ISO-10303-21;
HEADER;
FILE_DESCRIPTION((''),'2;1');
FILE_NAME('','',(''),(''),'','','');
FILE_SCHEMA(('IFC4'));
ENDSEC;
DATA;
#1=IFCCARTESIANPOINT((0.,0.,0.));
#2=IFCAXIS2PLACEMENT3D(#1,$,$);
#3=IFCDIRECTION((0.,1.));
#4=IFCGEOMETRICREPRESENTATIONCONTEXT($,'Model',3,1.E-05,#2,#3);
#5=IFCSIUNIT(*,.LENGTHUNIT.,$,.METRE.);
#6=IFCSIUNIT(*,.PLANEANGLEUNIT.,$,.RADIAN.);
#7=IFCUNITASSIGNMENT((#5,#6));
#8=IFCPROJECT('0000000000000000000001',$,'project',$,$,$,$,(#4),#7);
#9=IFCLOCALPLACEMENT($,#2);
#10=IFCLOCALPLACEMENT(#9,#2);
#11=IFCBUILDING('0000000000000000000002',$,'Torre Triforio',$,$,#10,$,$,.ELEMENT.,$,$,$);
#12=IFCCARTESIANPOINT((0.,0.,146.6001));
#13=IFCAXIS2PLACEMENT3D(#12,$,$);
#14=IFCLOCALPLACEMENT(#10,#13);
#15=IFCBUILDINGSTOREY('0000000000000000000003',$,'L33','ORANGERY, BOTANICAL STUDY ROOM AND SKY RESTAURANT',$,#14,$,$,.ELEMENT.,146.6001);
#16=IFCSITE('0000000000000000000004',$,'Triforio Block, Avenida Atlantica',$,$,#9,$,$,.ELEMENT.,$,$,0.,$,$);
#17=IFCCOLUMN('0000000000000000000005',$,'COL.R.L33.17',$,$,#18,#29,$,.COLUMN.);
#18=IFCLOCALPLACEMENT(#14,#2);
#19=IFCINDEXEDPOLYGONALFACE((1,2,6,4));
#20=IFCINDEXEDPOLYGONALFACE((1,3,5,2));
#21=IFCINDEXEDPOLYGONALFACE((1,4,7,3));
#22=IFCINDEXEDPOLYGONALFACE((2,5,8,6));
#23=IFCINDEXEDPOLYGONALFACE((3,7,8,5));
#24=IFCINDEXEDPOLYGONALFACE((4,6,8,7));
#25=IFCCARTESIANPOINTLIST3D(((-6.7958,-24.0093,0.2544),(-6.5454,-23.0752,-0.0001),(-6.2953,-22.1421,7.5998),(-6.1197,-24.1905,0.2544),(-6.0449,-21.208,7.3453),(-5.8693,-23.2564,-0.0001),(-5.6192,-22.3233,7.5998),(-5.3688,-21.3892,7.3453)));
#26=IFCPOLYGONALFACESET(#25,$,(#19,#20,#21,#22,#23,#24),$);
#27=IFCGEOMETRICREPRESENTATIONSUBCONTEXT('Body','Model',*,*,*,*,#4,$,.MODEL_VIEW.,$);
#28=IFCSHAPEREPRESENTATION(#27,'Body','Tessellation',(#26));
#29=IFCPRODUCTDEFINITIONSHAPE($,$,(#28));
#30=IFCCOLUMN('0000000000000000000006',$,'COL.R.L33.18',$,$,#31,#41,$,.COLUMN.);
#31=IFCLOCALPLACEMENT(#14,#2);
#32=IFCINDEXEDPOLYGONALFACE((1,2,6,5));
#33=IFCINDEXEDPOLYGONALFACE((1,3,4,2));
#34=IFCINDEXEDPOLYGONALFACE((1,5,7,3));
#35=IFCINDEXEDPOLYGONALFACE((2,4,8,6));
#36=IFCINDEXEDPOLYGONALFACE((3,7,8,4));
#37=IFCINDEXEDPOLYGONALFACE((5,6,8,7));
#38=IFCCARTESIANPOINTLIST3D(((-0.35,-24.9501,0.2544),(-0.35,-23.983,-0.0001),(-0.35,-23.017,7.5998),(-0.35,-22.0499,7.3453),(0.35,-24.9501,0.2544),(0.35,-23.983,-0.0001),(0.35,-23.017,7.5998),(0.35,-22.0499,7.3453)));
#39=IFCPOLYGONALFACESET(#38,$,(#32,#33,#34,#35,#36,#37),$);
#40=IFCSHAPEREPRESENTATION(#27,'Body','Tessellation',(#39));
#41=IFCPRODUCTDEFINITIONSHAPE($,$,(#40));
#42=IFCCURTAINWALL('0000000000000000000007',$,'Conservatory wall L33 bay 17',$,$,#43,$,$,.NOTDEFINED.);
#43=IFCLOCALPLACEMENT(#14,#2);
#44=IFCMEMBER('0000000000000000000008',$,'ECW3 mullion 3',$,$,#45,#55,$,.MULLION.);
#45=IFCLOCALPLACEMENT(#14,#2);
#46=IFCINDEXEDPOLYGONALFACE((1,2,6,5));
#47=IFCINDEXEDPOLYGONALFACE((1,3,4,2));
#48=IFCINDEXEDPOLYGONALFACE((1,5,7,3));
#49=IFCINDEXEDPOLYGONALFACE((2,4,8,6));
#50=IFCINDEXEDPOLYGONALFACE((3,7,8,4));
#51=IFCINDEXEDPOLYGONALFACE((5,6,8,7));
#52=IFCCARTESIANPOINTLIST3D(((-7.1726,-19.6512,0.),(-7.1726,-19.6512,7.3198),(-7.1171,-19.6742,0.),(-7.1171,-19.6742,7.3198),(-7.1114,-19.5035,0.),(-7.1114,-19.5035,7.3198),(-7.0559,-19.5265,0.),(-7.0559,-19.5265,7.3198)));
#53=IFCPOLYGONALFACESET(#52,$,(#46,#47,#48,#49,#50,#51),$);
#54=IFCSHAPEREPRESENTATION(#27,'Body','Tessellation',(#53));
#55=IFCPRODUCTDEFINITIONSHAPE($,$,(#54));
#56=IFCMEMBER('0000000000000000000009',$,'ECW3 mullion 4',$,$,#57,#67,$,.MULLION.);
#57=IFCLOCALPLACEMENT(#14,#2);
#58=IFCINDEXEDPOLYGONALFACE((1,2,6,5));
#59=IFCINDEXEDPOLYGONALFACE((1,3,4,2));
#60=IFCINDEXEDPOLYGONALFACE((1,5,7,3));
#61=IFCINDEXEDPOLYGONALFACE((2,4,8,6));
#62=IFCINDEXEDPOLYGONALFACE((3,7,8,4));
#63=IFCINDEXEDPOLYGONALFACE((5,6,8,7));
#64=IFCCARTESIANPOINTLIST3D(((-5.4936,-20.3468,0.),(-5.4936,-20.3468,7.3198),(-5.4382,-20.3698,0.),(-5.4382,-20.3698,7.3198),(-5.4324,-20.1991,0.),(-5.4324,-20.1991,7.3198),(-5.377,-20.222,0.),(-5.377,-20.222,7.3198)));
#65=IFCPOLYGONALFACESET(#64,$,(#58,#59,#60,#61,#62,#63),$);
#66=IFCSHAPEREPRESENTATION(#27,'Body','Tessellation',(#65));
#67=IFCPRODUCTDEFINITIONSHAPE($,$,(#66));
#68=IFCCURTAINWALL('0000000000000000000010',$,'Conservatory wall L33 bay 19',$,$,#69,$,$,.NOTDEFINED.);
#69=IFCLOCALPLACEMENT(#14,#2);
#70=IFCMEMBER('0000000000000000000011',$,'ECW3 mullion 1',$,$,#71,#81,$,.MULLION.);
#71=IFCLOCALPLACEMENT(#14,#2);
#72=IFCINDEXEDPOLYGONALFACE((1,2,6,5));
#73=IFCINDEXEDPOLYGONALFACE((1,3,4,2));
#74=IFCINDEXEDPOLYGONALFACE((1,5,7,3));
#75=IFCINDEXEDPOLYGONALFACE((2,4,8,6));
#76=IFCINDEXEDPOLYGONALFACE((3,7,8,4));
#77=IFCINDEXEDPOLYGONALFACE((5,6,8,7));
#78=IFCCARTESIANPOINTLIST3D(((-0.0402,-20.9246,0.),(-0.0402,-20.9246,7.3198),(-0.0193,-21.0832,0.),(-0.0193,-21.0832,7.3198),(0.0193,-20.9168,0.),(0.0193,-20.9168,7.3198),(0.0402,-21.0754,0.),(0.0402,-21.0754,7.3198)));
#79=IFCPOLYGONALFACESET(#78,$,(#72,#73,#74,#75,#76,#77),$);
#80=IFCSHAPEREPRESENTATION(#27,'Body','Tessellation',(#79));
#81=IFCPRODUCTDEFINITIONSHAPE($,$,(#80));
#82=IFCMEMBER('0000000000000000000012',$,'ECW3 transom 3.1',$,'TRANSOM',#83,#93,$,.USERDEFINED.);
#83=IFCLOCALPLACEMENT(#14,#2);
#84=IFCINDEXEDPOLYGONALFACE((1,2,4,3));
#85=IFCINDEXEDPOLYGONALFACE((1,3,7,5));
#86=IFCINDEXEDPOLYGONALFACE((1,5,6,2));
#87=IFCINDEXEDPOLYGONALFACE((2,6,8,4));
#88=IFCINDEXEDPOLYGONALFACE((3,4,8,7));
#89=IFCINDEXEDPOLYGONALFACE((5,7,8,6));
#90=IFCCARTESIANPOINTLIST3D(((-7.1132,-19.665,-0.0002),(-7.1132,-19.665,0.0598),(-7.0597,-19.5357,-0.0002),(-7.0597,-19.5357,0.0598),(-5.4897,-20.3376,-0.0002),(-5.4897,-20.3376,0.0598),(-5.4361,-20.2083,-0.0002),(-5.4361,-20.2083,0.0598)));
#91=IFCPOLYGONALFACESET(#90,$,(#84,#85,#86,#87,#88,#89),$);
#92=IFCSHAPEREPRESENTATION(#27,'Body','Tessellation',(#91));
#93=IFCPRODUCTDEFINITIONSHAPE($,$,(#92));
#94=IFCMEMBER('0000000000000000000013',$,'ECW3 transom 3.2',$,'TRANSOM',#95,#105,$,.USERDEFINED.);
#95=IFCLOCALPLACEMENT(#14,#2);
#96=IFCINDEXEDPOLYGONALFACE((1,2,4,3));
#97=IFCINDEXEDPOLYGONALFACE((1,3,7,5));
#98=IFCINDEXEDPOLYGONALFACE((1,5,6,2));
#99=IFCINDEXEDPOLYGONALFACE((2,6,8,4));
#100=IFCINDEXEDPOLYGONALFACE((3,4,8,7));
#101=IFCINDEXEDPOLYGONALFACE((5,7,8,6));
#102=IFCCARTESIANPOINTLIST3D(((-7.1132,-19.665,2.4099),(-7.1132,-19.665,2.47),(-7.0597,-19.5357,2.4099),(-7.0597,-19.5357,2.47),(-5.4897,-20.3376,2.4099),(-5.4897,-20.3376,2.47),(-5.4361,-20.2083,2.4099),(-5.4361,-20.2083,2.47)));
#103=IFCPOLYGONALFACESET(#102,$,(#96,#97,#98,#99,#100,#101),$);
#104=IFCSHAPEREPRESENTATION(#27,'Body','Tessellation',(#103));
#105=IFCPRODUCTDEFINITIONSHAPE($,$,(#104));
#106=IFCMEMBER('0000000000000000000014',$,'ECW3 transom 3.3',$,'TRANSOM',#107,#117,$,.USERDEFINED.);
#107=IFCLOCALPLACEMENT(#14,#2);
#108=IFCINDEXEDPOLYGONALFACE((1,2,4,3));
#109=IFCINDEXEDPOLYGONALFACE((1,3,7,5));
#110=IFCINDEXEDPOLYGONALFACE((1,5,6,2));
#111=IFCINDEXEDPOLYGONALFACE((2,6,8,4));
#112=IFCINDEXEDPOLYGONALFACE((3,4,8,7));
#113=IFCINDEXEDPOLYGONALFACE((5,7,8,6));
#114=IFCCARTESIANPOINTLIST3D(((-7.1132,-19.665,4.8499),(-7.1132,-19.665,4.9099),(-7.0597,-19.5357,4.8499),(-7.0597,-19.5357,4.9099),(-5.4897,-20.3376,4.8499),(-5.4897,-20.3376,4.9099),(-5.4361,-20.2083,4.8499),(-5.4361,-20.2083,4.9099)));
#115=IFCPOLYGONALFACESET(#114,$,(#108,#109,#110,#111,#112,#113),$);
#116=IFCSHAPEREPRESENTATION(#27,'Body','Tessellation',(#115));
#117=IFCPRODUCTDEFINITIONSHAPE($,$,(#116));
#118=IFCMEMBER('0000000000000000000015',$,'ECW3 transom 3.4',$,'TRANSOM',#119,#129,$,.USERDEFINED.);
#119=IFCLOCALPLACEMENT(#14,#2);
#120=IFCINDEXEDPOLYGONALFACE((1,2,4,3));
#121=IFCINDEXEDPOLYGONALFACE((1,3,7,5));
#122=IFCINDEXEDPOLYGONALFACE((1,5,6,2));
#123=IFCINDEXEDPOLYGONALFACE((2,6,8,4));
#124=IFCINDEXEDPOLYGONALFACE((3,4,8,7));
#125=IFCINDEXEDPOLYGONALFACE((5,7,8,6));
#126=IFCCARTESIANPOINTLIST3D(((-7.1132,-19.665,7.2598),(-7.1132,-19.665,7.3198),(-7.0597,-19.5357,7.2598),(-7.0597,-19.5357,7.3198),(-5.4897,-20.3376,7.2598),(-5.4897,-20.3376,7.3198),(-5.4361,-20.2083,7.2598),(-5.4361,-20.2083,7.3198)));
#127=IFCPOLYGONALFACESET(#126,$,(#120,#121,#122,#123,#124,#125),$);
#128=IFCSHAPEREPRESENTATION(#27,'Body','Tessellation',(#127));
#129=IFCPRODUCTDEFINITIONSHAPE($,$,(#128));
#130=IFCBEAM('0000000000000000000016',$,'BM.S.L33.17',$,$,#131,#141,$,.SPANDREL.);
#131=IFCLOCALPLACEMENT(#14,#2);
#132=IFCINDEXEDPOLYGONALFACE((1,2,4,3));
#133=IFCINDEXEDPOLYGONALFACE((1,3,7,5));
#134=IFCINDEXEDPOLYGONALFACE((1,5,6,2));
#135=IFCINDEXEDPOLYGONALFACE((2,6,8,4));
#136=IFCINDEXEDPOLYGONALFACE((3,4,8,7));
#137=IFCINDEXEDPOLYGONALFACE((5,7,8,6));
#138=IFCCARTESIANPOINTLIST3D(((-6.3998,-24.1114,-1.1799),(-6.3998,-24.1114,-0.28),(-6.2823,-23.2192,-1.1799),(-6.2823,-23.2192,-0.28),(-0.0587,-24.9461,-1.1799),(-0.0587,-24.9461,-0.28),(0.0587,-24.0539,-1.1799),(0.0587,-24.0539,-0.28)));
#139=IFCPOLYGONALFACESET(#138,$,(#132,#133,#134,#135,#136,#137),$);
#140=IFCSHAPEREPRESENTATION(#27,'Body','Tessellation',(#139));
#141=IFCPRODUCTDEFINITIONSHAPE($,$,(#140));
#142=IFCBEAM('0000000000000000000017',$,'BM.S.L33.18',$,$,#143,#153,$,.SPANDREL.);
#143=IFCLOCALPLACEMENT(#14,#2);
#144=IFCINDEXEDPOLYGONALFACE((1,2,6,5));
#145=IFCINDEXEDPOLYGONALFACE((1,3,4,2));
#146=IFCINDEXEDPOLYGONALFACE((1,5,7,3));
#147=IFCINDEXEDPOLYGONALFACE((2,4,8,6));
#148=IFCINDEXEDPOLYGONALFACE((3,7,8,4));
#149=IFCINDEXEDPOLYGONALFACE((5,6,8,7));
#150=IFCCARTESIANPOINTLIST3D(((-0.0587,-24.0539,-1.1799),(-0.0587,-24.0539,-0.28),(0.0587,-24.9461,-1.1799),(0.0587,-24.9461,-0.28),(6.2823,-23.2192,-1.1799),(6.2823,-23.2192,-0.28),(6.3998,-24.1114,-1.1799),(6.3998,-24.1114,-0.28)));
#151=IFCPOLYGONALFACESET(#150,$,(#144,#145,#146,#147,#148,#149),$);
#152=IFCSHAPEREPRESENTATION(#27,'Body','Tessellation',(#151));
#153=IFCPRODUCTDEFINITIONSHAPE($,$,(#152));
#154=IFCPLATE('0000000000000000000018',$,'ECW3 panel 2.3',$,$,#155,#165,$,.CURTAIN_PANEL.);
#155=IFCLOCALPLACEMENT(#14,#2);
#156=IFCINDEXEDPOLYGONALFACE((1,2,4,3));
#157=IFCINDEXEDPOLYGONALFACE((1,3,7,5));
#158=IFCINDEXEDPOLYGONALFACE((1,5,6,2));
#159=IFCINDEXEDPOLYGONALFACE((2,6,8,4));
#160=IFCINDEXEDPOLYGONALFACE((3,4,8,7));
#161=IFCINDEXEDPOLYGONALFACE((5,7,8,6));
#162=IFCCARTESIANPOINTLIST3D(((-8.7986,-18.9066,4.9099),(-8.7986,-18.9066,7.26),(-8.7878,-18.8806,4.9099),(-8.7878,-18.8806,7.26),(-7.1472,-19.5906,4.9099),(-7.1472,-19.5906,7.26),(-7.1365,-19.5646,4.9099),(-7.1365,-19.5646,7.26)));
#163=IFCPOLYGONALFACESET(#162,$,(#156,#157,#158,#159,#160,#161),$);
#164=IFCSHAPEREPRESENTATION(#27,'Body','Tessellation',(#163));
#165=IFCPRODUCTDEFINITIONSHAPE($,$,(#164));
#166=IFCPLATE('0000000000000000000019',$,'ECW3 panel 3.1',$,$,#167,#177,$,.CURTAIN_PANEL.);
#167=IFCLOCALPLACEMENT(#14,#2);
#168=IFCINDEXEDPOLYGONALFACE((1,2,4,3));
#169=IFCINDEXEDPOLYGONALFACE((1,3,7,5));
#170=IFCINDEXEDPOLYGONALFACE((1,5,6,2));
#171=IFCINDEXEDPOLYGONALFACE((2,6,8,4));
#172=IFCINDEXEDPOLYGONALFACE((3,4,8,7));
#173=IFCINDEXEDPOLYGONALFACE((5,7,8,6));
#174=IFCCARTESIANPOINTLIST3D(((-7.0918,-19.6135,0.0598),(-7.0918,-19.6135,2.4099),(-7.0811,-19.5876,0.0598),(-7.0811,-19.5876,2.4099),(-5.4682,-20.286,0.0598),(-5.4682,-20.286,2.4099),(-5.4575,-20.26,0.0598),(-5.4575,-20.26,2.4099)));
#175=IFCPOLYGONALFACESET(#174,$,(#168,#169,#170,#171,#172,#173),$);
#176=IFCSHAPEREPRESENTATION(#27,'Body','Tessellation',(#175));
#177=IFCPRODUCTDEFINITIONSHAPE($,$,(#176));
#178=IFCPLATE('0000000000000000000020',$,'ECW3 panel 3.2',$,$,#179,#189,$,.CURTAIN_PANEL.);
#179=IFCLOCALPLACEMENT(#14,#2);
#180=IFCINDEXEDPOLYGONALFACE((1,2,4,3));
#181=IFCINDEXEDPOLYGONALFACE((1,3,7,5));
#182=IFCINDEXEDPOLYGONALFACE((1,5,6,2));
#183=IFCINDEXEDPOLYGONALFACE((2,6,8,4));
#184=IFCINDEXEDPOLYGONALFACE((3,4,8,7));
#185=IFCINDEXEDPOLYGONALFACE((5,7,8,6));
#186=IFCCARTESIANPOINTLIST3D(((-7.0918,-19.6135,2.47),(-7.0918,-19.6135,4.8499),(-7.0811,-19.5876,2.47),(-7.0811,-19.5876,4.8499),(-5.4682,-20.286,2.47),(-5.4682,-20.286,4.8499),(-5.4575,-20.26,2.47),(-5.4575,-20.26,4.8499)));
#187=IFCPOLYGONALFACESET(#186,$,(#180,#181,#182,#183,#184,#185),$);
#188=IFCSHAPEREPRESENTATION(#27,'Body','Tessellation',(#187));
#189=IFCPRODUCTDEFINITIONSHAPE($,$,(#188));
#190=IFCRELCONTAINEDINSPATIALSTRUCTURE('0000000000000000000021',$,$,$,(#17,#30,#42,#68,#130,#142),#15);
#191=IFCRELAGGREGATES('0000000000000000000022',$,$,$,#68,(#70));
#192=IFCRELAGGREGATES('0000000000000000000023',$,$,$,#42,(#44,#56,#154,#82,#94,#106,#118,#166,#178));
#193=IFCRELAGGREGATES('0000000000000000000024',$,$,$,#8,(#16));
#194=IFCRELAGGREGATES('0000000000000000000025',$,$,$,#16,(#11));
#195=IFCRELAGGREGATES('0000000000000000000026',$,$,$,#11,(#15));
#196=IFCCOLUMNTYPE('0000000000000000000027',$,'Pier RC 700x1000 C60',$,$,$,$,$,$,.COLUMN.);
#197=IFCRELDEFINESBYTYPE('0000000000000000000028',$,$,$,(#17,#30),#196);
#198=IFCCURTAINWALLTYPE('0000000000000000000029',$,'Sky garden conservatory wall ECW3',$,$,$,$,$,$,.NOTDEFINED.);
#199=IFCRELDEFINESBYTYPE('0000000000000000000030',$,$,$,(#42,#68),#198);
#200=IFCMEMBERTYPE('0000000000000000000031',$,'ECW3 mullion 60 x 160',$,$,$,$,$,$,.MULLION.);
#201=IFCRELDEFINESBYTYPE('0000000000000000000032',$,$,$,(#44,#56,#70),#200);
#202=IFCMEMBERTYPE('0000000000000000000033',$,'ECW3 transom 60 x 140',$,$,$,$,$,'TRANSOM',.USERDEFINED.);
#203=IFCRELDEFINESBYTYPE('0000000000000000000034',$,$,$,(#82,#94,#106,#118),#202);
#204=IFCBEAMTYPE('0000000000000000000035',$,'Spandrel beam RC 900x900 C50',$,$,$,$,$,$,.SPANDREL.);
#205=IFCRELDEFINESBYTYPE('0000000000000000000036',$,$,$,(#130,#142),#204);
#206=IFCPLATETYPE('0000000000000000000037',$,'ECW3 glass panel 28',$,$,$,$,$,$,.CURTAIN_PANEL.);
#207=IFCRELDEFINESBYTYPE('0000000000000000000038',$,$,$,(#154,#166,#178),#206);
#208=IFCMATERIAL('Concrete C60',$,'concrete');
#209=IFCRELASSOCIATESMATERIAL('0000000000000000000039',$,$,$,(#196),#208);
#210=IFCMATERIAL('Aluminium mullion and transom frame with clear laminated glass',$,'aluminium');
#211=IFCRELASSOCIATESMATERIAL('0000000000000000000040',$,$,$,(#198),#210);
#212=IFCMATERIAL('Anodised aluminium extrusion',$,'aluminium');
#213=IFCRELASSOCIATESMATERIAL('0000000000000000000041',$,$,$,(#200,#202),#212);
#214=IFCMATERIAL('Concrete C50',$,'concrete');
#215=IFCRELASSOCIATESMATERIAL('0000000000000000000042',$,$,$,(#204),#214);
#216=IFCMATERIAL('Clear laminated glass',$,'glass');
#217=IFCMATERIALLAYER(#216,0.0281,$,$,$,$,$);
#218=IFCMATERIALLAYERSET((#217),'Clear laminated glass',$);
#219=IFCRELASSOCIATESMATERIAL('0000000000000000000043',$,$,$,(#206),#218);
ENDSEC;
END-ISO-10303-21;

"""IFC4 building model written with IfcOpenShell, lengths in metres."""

from ifc_helpers import new_model, si_unit, direction, frame, origin, origin_2d, place, context, subcontext, project, spatial, rectangle, extrude, material, layer, layer_set, material_profile, profile_set, type_object, element, aggregate, save


model = new_model("IFC4")

# Units and contexts
model_context = context("Model", 3, precision=1e-05, world=origin(), true_north=direction((0.0, 1.0)))
body_context = subcontext(model_context, "Body", "Model", "MODEL_VIEW")
ifc_project = project(units=[si_unit("LENGTHUNIT", "METRE"), si_unit("PLANEANGLEUNIT", "RADIAN")], contexts=[model_context])

# Site, building, storey
site_placement = place(None, origin())
site = spatial("IfcSite", under=ifc_project, at=site_placement, Name="Triforio Block, Avenida Atlantica", CompositionType="ELEMENT", RefElevation=0.0)
building_placement = place(site_placement, origin())
building = spatial("IfcBuilding", under=site, at=building_placement, Name="Torre Triforio", CompositionType="ELEMENT")
storey_placement = place(building_placement, frame((0.0, 0.0, 146.6001)))
storey = spatial("IfcBuildingStorey", under=building, at=storey_placement, Name="L33", Description="ORANGERY, BOTANICAL STUDY ROOM AND SKY RESTAURANT", CompositionType="ELEMENT", Elevation=146.6001)

# Columns
ifc_material_1 = material(Name="Concrete C60", Category="concrete")
ifc_material_profile_1 = material_profile(ifc_material_1, rectangle(XDim=0.7, YDim=1.0, at=origin_2d()), Name="RC 700x1000")
ifc_profile_set_1 = profile_set([ifc_material_profile_1], Name="Concrete C60")
column_type = type_object("IfcColumnType", Name="Pier RC 700x1000 C60", PredefinedType="COLUMN", material=ifc_profile_set_1)
for number, where, z_axis, x_axis, name in (
    (1, (-6.3325, -23.6328, 0.1272), (0.065892, 0.245826, 0.967072), (-0.965903, 0.258904, 0.0), "COL.R.L33.17"),
    (2, (0.0, -24.4666, 0.1272), (0.0, 0.254504, 0.967072), (-1.0, 0.0, 0.0), "COL.R.L33.18"),
):
    element("IfcColumn", number, at=place(storey_placement, frame(where, z_axis=z_axis, x_axis=x_axis)), inside=storey, type_object=column_type, Name=name, PredefinedType="COLUMN", context=body_context, shape_type="SweptSolid", body=[
        extrude(rectangle(XDim=0.7, YDim=1.0, at=origin_2d()), origin(), (0.0, 0.0, 1.0), 7.5955),
    ])

# Curtain wall, members
ifc_material_2 = material(Name="Aluminium mullion and transom frame with clear laminated glass", Category="aluminium")
curtain_wall_type = type_object("IfcCurtainWallType", Name="Sky garden conservatory wall ECW3", PredefinedType="NOTDEFINED", material=ifc_material_2)
curtain_wall_1_placement = place(storey_placement, origin())
curtain_wall_1 = element("IfcCurtainWall", 3, at=curtain_wall_1_placement, inside=storey, type_object=curtain_wall_type, Name="Conservatory wall L33 bay 17", PredefinedType="NOTDEFINED")
ifc_material_3 = material(Name="Anodised aluminium extrusion", Category="aluminium")
ifc_material_profile_2 = material_profile(ifc_material_3, rectangle(XDim=0.1599, YDim=0.0601, at=origin_2d()), Name="ECW3 MULLION 60x160")
ifc_profile_set_2 = profile_set([ifc_material_profile_2], Name="Anodised aluminium extrusion")
member_type_1 = type_object("IfcMemberType", Name="ECW3 mullion 60 x 160", PredefinedType="MULLION", material=ifc_profile_set_2)
member_1_placement = place(storey_placement, frame((-7.1143, -19.5889, 0.0), z_axis=(0.0, 0.0, 1.0), x_axis=(0.382675, 0.923883, 0.0)))
member_1 = element("IfcMember", 4, at=member_1_placement, type_object=member_type_1, Name="ECW3 mullion 3", PredefinedType="MULLION", context=body_context, shape_type="SweptSolid", body=[
    extrude(rectangle(XDim=0.1599, YDim=0.0601, at=origin_2d()), origin(), (0.0, 0.0, 1.0), 7.3198),
])
member_2_placement = place(storey_placement, frame((-5.4353, -20.2844, 0.0), z_axis=(0.0, 0.0, 1.0), x_axis=(0.382675, 0.923883, 0.0)))
member_2 = element("IfcMember", 5, at=member_2_placement, type_object=member_type_1, Name="ECW3 mullion 4", PredefinedType="MULLION", context=body_context, shape_type="SweptSolid", body=[
    extrude(rectangle(XDim=0.1599, YDim=0.0601, at=origin_2d()), origin(), (0.0, 0.0, 1.0), 7.3198),
])

# Curtain wall, member
curtain_wall_2_placement = place(storey_placement, origin())
curtain_wall_2 = element("IfcCurtainWall", 6, at=curtain_wall_2_placement, inside=storey, type_object=curtain_wall_type, Name="Conservatory wall L33 bay 19", PredefinedType="NOTDEFINED")
member_3_placement = place(storey_placement, frame((0.0, -21.0, 0.0), z_axis=(0.0, 0.0, 1.0), x_axis=(-0.13053, 0.991444, 0.0)))
member_3 = element("IfcMember", 7, at=member_3_placement, type_object=member_type_1, Name="ECW3 mullion 1", PredefinedType="MULLION", context=body_context, shape_type="SweptSolid", body=[
    extrude(rectangle(XDim=0.1599, YDim=0.0601, at=origin_2d()), origin(), (0.0, 0.0, 1.0), 7.3198),
])
aggregate(curtain_wall_2, [member_3])

# Members
ifc_material_profile_3 = material_profile(ifc_material_3, rectangle(XDim=0.1399, YDim=0.0601, at=origin_2d()), Name="ECW3 TRANSOM 60x140")
ifc_profile_set_3 = profile_set([ifc_material_profile_3], Name="Anodised aluminium extrusion")
member_type_2 = type_object("IfcMemberType", Name="ECW3 transom 60 x 140", ElementType="TRANSOM", PredefinedType="USERDEFINED", material=ifc_profile_set_3)
member_4_placement = place(storey_placement, frame((-7.0864, -19.6003, 0.0298), z_axis=(0.923856, -0.38274, 0.0), x_axis=(0.38274, 0.923856, 0.0)))
member_4 = element("IfcMember", 8, at=member_4_placement, type_object=member_type_2, Name="ECW3 transom 3.1", ObjectType="TRANSOM", PredefinedType="USERDEFINED", context=body_context, shape_type="SweptSolid", body=[
    extrude(rectangle(XDim=0.1399, YDim=0.0601, at=origin_2d()), origin(), (0.0, 0.0, 1.0), 1.7573),
])
member_5_placement = place(storey_placement, frame((-7.0864, -19.6003, 2.4399), z_axis=(0.923856, -0.38274, 0.0), x_axis=(0.38274, 0.923856, 0.0)))
member_5 = element("IfcMember", 9, at=member_5_placement, type_object=member_type_2, Name="ECW3 transom 3.2", ObjectType="TRANSOM", PredefinedType="USERDEFINED", context=body_context, shape_type="SweptSolid", body=[
    extrude(rectangle(XDim=0.1399, YDim=0.0601, at=origin_2d()), origin(), (0.0, 0.0, 1.0), 1.7573),
])
member_6_placement = place(storey_placement, frame((-7.0864, -19.6003, 4.8799), z_axis=(0.923856, -0.38274, 0.0), x_axis=(0.38274, 0.923856, 0.0)))
member_6 = element("IfcMember", 10, at=member_6_placement, type_object=member_type_2, Name="ECW3 transom 3.3", ObjectType="TRANSOM", PredefinedType="USERDEFINED", context=body_context, shape_type="SweptSolid", body=[
    extrude(rectangle(XDim=0.1399, YDim=0.0601, at=origin_2d()), origin(), (0.0, 0.0, 1.0), 1.7573),
])
member_7_placement = place(storey_placement, frame((-7.0864, -19.6003, 7.2898), z_axis=(0.923856, -0.38274, 0.0), x_axis=(0.38274, 0.923856, 0.0)))
member_7 = element("IfcMember", 11, at=member_7_placement, type_object=member_type_2, Name="ECW3 transom 3.4", ObjectType="TRANSOM", PredefinedType="USERDEFINED", context=body_context, shape_type="SweptSolid", body=[
    extrude(rectangle(XDim=0.1399, YDim=0.0601, at=origin_2d()), origin(), (0.0, 0.0, 1.0), 1.7573),
])

# Beams
ifc_material_4 = material(Name="Concrete C50", Category="concrete")
ifc_material_profile_4 = material_profile(ifc_material_4, rectangle(XDim=0.8999, YDim=0.8999, at=origin_2d()), Name="RC 900x900")
ifc_profile_set_4 = profile_set([ifc_material_profile_4], Name="Concrete C50")
beam_type = type_object("IfcBeamType", Name="Spandrel beam RC 900x900 C50", PredefinedType="SPANDREL", material=ifc_profile_set_4)
for number, where, z_axis, x_axis, name in (
    (12, (-6.3411, -23.6653, -0.73), (0.991447, -0.130511, 0.0), (0.130511, 0.991447, 0.0), "BM.S.L33.17"),
    (13, (0.0, -24.5, -0.73), (0.991447, 0.130511, 0.0), (-0.130511, 0.991447, 0.0), "BM.S.L33.18"),
):
    element("IfcBeam", number, at=place(storey_placement, frame(where, z_axis=z_axis, x_axis=x_axis)), inside=storey, type_object=beam_type, Name=name, PredefinedType="SPANDREL", context=body_context, shape_type="SweptSolid", body=[
        extrude(rectangle(XDim=0.8999, YDim=0.8999, at=origin_2d()), origin(), (0.0, 0.0, 1.0), 6.3958),
    ])

# Plates
ifc_material_5 = material(Name="Clear laminated glass", Category="glass")
ifc_layer_1 = layer(ifc_material_5, 0.0281)
ifc_layer_set_1 = layer_set([ifc_layer_1], Name="Clear laminated glass")
plate_type = type_object("IfcPlateType", Name="ECW3 glass panel 28", PredefinedType="CURTAIN_PANEL", material=ifc_layer_set_1)
plate_1_placement = place(storey_placement, frame((-7.9675, -19.2356, 4.9099), z_axis=(0.0, 0.0, 1.0), x_axis=(0.923883, -0.382675, 0.0)))
plate_1 = element("IfcPlate", 14, at=plate_1_placement, type_object=plate_type, Name="ECW3 panel 2.3", PredefinedType="CURTAIN_PANEL", context=body_context, shape_type="SweptSolid", body=[
    extrude(rectangle(XDim=1.7874, YDim=0.0281, at=origin_2d()), origin(), (0.0, 0.0, 1.0), 2.3501),
])
plate_2_placement = place(storey_placement, frame((-6.2747, -19.9368, 0.0598), z_axis=(0.0, 0.0, 1.0), x_axis=(0.923883, -0.382675, 0.0)))
plate_2 = element("IfcPlate", 15, at=plate_2_placement, type_object=plate_type, Name="ECW3 panel 3.1", PredefinedType="CURTAIN_PANEL", context=body_context, shape_type="SweptSolid", body=[
    extrude(rectangle(XDim=1.7573, YDim=0.0281, at=origin_2d()), origin(), (0.0, 0.0, 1.0), 2.3501),
])
plate_3_placement = place(storey_placement, frame((-6.2747, -19.9368, 2.47), z_axis=(0.0, 0.0, 1.0), x_axis=(0.923883, -0.382675, 0.0)))
plate_3 = element("IfcPlate", 16, at=plate_3_placement, type_object=plate_type, Name="ECW3 panel 3.2", PredefinedType="CURTAIN_PANEL", context=body_context, shape_type="SweptSolid", body=[
    extrude(rectangle(XDim=1.7573, YDim=0.0281, at=origin_2d()), origin(), (0.0, 0.0, 1.0), 2.3799),
])
aggregate(curtain_wall_1, [member_1, member_2, plate_1, member_4, member_5, member_6, member_7, plate_2, plate_3])

save(model, "model.ifc")
